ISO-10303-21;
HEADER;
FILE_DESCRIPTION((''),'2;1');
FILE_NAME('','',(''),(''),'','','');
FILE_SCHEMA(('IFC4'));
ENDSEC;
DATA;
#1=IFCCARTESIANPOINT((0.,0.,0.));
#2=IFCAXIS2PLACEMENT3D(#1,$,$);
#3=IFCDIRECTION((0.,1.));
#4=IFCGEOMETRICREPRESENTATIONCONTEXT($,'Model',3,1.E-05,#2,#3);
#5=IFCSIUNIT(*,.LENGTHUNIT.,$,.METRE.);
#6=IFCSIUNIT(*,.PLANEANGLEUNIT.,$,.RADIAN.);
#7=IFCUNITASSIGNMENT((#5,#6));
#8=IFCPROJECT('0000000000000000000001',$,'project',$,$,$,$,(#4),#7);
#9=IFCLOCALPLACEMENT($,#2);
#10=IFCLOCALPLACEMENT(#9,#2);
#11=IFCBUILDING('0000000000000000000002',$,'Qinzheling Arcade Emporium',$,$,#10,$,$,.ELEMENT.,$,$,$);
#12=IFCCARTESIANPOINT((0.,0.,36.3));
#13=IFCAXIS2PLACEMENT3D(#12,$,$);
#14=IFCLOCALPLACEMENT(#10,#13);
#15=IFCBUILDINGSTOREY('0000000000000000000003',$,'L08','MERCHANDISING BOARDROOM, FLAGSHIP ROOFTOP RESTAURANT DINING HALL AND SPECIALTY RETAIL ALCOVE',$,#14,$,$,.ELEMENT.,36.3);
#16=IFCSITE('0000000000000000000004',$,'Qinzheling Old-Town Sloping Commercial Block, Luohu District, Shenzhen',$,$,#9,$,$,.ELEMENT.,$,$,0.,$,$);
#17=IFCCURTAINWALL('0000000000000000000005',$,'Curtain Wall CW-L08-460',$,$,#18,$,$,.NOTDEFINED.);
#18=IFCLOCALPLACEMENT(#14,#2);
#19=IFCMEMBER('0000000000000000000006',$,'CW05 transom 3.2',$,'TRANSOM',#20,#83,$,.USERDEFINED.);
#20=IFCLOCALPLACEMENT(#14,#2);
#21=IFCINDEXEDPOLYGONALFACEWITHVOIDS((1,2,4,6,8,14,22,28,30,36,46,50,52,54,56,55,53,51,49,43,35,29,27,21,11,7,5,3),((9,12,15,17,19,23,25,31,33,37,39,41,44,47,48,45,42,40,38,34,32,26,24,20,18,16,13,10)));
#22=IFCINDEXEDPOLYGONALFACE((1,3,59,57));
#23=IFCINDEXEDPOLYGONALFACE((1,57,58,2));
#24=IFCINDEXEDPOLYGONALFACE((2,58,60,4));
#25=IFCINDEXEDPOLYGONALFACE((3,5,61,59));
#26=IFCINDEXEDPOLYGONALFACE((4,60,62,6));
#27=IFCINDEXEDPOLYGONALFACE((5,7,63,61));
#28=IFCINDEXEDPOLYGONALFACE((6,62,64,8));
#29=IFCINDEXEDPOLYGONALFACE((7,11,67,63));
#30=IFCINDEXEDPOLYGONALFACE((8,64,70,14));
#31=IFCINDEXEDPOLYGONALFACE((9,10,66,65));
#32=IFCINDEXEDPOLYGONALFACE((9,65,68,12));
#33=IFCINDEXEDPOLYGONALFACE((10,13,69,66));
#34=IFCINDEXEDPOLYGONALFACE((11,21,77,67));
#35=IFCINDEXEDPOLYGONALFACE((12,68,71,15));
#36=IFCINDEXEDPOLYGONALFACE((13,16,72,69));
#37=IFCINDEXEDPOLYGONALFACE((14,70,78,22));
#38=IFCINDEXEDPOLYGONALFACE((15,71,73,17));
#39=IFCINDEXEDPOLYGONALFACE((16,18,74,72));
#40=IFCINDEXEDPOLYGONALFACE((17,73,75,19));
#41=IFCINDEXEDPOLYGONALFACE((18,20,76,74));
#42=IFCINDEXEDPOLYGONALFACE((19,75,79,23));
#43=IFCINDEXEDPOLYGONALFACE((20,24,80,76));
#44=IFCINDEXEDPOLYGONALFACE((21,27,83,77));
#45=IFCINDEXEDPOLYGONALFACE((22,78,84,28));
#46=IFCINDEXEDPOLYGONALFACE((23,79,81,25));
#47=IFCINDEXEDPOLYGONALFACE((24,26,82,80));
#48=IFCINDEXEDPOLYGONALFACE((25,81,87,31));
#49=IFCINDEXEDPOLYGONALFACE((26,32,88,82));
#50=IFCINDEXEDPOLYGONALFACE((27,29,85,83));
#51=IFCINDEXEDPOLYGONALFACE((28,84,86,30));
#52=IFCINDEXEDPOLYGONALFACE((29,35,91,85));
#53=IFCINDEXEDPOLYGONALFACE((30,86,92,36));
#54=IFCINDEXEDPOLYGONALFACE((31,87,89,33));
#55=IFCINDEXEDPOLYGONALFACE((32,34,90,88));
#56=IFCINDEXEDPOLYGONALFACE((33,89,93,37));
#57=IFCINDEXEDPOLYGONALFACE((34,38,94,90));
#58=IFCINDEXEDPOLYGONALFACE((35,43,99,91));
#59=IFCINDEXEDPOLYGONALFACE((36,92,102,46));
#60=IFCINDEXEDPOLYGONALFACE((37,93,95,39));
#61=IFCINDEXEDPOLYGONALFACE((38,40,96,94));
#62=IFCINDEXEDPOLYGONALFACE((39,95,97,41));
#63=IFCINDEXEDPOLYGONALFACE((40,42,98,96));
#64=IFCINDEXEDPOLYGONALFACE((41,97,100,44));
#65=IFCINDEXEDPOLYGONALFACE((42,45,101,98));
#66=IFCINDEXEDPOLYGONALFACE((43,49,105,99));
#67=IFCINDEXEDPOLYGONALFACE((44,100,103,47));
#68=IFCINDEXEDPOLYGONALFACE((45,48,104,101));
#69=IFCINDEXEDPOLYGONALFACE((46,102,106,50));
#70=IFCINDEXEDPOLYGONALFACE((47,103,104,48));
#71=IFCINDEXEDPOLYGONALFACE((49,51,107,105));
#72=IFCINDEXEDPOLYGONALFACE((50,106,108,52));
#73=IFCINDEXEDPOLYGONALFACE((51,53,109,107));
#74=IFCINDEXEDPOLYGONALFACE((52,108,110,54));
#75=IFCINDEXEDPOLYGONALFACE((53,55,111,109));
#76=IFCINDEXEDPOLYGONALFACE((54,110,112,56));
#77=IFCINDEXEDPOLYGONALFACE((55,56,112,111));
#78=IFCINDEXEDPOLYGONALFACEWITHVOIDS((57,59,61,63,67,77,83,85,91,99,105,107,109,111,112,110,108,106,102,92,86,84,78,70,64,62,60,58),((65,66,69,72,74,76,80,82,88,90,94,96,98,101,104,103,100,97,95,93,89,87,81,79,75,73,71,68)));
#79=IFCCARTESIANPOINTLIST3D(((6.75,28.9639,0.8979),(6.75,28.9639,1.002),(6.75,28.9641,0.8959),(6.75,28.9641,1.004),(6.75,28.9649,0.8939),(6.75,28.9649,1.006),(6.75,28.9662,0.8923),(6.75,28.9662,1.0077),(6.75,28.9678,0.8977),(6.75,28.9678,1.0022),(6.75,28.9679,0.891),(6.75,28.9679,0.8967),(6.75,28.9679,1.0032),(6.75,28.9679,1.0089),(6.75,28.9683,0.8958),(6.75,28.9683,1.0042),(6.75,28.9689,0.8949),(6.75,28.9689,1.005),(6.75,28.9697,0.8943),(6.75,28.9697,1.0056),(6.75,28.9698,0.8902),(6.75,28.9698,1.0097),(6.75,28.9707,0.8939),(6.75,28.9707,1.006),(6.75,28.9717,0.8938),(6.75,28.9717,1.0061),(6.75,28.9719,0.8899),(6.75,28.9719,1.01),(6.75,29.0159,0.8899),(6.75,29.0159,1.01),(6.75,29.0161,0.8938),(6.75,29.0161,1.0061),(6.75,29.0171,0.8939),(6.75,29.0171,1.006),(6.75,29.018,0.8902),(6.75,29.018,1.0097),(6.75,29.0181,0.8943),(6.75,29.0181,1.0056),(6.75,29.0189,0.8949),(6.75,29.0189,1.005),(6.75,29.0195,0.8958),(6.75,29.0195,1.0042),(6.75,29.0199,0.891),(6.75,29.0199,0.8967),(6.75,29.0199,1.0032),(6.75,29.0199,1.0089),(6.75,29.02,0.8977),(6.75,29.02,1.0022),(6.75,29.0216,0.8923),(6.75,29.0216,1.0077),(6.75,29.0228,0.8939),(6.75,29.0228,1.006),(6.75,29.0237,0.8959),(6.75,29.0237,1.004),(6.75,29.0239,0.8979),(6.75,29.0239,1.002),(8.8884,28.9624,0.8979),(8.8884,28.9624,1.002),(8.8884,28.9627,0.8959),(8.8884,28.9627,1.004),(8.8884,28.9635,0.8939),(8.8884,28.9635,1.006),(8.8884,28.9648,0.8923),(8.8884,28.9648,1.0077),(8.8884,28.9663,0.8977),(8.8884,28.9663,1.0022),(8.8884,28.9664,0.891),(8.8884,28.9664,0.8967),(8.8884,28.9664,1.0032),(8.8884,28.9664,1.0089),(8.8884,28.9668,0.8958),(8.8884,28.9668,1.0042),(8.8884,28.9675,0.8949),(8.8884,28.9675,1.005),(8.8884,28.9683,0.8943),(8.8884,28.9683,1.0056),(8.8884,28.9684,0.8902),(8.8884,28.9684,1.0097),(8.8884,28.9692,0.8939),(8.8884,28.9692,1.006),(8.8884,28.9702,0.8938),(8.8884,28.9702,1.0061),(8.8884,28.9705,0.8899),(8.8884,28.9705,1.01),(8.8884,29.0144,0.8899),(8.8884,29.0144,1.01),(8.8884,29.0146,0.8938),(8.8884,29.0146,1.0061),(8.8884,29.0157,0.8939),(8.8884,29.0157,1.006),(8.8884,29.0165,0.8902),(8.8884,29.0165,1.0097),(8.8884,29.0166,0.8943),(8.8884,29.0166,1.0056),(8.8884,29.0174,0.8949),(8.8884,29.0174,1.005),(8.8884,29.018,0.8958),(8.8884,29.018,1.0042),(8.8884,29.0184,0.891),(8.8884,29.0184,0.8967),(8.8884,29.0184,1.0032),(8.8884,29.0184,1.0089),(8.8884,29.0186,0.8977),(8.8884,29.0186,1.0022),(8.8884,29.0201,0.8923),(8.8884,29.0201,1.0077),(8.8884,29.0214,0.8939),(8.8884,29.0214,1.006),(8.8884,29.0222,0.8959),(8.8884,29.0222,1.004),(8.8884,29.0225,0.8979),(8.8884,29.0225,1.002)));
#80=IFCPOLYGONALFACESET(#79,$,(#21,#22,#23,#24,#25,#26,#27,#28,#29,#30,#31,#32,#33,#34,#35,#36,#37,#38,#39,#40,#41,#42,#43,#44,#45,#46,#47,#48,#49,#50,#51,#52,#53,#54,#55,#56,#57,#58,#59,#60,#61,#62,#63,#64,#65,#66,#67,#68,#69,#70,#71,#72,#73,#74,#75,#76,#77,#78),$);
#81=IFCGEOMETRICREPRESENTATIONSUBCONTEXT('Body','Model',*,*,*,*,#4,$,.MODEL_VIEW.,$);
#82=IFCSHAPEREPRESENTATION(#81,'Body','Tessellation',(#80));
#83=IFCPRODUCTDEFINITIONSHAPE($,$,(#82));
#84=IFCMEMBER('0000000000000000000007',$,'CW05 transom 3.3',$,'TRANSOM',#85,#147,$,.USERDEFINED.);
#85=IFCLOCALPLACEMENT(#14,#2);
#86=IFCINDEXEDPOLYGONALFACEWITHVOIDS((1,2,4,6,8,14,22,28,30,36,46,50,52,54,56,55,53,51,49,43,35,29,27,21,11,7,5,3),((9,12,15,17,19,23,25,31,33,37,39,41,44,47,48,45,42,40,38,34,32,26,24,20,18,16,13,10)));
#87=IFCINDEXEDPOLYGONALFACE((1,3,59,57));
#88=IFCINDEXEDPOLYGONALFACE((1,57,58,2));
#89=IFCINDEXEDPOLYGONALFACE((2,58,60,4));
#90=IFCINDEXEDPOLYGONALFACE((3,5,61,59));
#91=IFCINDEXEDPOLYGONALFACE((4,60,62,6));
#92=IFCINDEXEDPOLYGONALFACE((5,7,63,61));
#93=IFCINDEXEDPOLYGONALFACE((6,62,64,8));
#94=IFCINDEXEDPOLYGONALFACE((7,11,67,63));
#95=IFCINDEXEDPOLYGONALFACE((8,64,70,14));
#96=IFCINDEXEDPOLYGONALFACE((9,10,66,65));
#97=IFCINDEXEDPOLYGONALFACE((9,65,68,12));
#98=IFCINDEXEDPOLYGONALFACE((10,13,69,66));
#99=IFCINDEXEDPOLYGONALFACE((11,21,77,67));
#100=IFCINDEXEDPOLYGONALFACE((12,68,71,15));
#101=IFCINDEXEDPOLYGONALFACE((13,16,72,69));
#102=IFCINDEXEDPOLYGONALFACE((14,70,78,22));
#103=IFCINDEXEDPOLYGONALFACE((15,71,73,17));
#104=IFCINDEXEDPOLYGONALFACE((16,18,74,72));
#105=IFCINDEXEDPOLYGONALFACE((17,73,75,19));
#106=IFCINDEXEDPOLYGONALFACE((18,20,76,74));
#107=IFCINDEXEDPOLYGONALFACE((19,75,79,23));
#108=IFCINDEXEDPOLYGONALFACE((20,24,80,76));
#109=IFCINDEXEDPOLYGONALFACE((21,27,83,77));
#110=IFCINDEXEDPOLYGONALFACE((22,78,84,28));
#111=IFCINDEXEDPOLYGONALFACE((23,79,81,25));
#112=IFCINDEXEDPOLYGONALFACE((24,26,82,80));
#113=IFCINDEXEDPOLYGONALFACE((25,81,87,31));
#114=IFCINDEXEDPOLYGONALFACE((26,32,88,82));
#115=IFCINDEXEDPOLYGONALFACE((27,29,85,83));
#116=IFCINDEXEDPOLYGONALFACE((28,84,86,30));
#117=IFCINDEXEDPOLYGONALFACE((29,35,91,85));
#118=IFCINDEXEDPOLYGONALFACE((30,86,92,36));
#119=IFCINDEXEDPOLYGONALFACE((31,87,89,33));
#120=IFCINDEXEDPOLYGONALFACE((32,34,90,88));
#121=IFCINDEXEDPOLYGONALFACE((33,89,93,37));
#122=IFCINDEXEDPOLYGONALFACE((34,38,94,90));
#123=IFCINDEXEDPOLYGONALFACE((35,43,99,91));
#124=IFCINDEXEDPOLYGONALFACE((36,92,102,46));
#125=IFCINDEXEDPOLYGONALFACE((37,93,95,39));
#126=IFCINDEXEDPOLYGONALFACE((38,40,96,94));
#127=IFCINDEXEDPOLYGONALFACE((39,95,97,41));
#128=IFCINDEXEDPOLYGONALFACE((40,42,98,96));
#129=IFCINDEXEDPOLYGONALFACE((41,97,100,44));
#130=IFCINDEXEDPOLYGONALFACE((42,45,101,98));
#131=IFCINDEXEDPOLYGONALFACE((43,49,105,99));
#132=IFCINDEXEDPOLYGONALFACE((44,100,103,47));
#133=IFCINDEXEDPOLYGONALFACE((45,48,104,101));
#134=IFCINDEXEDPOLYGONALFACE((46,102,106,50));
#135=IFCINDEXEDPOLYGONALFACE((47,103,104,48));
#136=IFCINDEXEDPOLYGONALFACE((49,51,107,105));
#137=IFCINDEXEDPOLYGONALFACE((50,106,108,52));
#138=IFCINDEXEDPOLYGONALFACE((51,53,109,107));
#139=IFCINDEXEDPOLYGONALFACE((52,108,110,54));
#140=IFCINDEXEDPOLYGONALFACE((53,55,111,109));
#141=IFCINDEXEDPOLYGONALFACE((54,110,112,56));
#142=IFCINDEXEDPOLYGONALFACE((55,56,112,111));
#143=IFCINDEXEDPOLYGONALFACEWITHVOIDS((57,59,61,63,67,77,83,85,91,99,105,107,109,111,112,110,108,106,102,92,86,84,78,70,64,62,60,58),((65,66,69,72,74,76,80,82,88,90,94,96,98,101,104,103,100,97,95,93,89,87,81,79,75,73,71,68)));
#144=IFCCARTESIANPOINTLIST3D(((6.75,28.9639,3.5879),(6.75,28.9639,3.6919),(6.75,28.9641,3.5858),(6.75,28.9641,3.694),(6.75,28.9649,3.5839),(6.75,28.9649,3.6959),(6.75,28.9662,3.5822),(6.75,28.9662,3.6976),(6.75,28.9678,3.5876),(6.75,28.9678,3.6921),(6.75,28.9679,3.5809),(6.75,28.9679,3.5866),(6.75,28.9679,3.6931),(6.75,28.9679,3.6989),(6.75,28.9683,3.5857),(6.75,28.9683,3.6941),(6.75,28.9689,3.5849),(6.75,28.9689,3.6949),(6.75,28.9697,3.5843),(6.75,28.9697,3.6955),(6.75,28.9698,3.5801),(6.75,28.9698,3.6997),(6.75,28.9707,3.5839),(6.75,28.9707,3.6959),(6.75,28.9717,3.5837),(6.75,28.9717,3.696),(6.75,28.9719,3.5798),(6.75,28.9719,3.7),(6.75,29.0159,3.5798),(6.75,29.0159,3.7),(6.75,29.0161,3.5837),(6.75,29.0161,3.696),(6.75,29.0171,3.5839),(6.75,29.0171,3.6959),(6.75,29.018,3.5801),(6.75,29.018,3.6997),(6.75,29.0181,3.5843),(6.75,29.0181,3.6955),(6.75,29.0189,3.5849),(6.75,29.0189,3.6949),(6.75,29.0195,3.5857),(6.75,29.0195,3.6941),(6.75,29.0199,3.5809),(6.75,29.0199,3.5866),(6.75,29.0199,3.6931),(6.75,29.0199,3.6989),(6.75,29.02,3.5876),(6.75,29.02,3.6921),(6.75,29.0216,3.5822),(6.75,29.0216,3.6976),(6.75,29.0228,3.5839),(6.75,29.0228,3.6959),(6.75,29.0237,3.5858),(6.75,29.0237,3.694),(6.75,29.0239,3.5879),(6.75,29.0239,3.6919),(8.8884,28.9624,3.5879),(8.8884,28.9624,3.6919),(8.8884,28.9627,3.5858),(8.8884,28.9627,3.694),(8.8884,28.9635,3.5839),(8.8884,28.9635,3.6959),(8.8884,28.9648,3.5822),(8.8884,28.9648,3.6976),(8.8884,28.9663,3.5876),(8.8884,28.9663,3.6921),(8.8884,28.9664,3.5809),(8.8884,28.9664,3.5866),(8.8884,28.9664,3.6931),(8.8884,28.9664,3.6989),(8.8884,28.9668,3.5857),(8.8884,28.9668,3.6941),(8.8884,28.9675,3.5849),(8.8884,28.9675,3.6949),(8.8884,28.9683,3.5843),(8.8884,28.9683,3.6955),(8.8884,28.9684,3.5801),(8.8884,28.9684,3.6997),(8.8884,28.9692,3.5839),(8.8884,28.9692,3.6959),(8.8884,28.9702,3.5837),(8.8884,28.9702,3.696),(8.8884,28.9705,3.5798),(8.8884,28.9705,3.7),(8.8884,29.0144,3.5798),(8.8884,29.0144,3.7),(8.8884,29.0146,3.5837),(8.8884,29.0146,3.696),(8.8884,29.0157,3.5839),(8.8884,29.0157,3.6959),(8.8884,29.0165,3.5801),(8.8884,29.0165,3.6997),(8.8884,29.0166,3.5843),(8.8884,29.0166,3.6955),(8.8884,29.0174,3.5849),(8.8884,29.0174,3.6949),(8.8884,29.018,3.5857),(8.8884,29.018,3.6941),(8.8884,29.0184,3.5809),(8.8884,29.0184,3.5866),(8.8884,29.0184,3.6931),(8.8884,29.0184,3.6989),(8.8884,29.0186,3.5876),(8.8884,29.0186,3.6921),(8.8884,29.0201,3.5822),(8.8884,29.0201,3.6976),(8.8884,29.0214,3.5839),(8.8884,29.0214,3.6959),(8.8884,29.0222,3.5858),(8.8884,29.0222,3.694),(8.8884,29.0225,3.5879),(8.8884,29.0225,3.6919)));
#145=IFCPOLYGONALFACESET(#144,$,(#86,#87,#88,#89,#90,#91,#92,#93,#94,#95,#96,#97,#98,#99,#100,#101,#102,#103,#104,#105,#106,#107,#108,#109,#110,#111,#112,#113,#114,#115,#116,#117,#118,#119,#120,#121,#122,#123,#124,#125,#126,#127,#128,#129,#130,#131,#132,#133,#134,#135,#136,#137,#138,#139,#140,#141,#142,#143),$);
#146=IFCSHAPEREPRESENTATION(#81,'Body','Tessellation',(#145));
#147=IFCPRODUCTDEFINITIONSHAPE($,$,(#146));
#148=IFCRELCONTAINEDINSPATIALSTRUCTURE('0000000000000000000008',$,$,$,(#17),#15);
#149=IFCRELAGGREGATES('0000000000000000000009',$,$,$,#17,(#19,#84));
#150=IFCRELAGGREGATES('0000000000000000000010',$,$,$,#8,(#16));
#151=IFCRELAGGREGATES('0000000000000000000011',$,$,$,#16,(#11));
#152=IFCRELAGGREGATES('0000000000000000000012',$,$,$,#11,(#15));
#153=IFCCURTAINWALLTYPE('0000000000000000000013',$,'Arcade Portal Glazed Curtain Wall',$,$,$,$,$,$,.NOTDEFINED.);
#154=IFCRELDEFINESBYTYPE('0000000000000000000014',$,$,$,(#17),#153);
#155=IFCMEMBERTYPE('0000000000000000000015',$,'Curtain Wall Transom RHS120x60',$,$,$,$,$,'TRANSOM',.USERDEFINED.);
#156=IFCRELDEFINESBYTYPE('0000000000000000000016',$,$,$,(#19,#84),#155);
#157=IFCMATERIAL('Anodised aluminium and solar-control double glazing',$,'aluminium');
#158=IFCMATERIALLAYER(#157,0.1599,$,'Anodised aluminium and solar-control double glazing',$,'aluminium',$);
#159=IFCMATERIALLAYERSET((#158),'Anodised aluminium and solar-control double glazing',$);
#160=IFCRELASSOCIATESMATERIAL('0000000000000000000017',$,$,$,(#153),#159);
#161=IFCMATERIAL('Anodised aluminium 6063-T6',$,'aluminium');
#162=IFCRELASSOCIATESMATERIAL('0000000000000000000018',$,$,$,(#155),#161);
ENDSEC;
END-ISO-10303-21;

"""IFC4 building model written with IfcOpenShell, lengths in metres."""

from ifc_helpers import new_model, si_unit, direction, frame, origin, origin_2d, place, context, subcontext, project, spatial, hollow_rectangle, extrude, material, layer, layer_set, material_profile, profile_set, type_object, element, aggregate, save


model = new_model("IFC4")

# Units and contexts
model_context = context("Model", 3, precision=1e-05, world=origin(), true_north=direction((0.0, 1.0)))
body_context = subcontext(model_context, "Body", "Model", "MODEL_VIEW")
ifc_project = project(units=[si_unit("LENGTHUNIT", "METRE"), si_unit("PLANEANGLEUNIT", "RADIAN")], contexts=[model_context])

# Site, building, storey
site_placement = place(None, origin())
site = spatial("IfcSite", under=ifc_project, at=site_placement, Name="Qinzheling Old-Town Sloping Commercial Block, Luohu District, Shenzhen", CompositionType="ELEMENT", RefElevation=0.0)
building_placement = place(site_placement, origin())
building = spatial("IfcBuilding", under=site, at=building_placement, Name="Qinzheling Arcade Emporium", CompositionType="ELEMENT")
storey_placement = place(building_placement, frame((0.0, 0.0, 36.3)))
storey = spatial("IfcBuildingStorey", under=building, at=storey_placement, Name="L08", Description="MERCHANDISING BOARDROOM, FLAGSHIP ROOFTOP RESTAURANT DINING HALL AND SPECIALTY RETAIL ALCOVE", CompositionType="ELEMENT", Elevation=36.3)

# Shared definitions
ifc_material_1 = material(Name="Anodised aluminium and solar-control double glazing", Category="aluminium")
ifc_layer_1 = layer(ifc_material_1, 0.1599, Name="Anodised aluminium and solar-control double glazing", Category="aluminium")
ifc_layer_set_1 = layer_set([ifc_layer_1], Name="Anodised aluminium and solar-control double glazing")
curtain_wall_type = type_object("IfcCurtainWallType", Name="Arcade Portal Glazed Curtain Wall", PredefinedType="NOTDEFINED", material=ifc_layer_set_1)
ifc_material_2 = material(Name="Anodised aluminium 6063-T6", Category="aluminium")

# Curtain wall
curtain_wall_1_placement = place(storey_placement, origin())
curtain_wall_1 = element("IfcCurtainWall", 1, at=curtain_wall_1_placement, inside=storey, type_object=curtain_wall_type, Name="Curtain Wall CW-L08-460", PredefinedType="NOTDEFINED")

# Members
ifc_material_profile_1 = material_profile(ifc_material_2, hollow_rectangle(XDim=0.0601, YDim=0.1201, WallThickness=0.0039, InnerFilletRadius=0.0039, OuterFilletRadius=0.0081, at=origin_2d()), Name="RHS 120x60x4", Category="aluminium")
ifc_profile_set_1 = profile_set([ifc_material_profile_1], Name="Anodised aluminium 6063-T6")
member_type_1 = type_object("IfcMemberType", Name="Curtain Wall Transom RHS120x60", ElementType="TRANSOM", PredefinedType="USERDEFINED", material=ifc_profile_set_1)
member_1_placement = place(storey_placement, frame((8.8884, 28.9924, 0.95), z_axis=(-1.0, 0.000685, 0.0), x_axis=(-0.000685, -1.0, 0.0)))
member_1 = element("IfcMember", 2, at=member_1_placement, type_object=member_type_1, Name="CW05 transom 3.2", ObjectType="TRANSOM", PredefinedType="USERDEFINED", context=body_context, shape_type="SweptSolid", body=[
    extrude(hollow_rectangle(XDim=0.0601, YDim=0.1201, WallThickness=0.0039, InnerFilletRadius=0.0039, OuterFilletRadius=0.0081, at=origin_2d()), origin(), (0.0, 0.0, 1.0), 2.1384),
])
member_2_placement = place(storey_placement, frame((8.8884, 28.9924, 3.6399), z_axis=(-1.0, 0.000685, 0.0), x_axis=(-0.000685, -1.0, 0.0)))
member_2 = element("IfcMember", 3, at=member_2_placement, type_object=member_type_1, Name="CW05 transom 3.3", ObjectType="TRANSOM", PredefinedType="USERDEFINED", context=body_context, shape_type="SweptSolid", body=[
    extrude(hollow_rectangle(XDim=0.0601, YDim=0.1201, WallThickness=0.0039, InnerFilletRadius=0.0039, OuterFilletRadius=0.0081, at=origin_2d()), origin(), (0.0, 0.0, 1.0), 2.1384),
])

aggregate(curtain_wall_1, [member_1, member_2])

save(model, "model.ifc")
